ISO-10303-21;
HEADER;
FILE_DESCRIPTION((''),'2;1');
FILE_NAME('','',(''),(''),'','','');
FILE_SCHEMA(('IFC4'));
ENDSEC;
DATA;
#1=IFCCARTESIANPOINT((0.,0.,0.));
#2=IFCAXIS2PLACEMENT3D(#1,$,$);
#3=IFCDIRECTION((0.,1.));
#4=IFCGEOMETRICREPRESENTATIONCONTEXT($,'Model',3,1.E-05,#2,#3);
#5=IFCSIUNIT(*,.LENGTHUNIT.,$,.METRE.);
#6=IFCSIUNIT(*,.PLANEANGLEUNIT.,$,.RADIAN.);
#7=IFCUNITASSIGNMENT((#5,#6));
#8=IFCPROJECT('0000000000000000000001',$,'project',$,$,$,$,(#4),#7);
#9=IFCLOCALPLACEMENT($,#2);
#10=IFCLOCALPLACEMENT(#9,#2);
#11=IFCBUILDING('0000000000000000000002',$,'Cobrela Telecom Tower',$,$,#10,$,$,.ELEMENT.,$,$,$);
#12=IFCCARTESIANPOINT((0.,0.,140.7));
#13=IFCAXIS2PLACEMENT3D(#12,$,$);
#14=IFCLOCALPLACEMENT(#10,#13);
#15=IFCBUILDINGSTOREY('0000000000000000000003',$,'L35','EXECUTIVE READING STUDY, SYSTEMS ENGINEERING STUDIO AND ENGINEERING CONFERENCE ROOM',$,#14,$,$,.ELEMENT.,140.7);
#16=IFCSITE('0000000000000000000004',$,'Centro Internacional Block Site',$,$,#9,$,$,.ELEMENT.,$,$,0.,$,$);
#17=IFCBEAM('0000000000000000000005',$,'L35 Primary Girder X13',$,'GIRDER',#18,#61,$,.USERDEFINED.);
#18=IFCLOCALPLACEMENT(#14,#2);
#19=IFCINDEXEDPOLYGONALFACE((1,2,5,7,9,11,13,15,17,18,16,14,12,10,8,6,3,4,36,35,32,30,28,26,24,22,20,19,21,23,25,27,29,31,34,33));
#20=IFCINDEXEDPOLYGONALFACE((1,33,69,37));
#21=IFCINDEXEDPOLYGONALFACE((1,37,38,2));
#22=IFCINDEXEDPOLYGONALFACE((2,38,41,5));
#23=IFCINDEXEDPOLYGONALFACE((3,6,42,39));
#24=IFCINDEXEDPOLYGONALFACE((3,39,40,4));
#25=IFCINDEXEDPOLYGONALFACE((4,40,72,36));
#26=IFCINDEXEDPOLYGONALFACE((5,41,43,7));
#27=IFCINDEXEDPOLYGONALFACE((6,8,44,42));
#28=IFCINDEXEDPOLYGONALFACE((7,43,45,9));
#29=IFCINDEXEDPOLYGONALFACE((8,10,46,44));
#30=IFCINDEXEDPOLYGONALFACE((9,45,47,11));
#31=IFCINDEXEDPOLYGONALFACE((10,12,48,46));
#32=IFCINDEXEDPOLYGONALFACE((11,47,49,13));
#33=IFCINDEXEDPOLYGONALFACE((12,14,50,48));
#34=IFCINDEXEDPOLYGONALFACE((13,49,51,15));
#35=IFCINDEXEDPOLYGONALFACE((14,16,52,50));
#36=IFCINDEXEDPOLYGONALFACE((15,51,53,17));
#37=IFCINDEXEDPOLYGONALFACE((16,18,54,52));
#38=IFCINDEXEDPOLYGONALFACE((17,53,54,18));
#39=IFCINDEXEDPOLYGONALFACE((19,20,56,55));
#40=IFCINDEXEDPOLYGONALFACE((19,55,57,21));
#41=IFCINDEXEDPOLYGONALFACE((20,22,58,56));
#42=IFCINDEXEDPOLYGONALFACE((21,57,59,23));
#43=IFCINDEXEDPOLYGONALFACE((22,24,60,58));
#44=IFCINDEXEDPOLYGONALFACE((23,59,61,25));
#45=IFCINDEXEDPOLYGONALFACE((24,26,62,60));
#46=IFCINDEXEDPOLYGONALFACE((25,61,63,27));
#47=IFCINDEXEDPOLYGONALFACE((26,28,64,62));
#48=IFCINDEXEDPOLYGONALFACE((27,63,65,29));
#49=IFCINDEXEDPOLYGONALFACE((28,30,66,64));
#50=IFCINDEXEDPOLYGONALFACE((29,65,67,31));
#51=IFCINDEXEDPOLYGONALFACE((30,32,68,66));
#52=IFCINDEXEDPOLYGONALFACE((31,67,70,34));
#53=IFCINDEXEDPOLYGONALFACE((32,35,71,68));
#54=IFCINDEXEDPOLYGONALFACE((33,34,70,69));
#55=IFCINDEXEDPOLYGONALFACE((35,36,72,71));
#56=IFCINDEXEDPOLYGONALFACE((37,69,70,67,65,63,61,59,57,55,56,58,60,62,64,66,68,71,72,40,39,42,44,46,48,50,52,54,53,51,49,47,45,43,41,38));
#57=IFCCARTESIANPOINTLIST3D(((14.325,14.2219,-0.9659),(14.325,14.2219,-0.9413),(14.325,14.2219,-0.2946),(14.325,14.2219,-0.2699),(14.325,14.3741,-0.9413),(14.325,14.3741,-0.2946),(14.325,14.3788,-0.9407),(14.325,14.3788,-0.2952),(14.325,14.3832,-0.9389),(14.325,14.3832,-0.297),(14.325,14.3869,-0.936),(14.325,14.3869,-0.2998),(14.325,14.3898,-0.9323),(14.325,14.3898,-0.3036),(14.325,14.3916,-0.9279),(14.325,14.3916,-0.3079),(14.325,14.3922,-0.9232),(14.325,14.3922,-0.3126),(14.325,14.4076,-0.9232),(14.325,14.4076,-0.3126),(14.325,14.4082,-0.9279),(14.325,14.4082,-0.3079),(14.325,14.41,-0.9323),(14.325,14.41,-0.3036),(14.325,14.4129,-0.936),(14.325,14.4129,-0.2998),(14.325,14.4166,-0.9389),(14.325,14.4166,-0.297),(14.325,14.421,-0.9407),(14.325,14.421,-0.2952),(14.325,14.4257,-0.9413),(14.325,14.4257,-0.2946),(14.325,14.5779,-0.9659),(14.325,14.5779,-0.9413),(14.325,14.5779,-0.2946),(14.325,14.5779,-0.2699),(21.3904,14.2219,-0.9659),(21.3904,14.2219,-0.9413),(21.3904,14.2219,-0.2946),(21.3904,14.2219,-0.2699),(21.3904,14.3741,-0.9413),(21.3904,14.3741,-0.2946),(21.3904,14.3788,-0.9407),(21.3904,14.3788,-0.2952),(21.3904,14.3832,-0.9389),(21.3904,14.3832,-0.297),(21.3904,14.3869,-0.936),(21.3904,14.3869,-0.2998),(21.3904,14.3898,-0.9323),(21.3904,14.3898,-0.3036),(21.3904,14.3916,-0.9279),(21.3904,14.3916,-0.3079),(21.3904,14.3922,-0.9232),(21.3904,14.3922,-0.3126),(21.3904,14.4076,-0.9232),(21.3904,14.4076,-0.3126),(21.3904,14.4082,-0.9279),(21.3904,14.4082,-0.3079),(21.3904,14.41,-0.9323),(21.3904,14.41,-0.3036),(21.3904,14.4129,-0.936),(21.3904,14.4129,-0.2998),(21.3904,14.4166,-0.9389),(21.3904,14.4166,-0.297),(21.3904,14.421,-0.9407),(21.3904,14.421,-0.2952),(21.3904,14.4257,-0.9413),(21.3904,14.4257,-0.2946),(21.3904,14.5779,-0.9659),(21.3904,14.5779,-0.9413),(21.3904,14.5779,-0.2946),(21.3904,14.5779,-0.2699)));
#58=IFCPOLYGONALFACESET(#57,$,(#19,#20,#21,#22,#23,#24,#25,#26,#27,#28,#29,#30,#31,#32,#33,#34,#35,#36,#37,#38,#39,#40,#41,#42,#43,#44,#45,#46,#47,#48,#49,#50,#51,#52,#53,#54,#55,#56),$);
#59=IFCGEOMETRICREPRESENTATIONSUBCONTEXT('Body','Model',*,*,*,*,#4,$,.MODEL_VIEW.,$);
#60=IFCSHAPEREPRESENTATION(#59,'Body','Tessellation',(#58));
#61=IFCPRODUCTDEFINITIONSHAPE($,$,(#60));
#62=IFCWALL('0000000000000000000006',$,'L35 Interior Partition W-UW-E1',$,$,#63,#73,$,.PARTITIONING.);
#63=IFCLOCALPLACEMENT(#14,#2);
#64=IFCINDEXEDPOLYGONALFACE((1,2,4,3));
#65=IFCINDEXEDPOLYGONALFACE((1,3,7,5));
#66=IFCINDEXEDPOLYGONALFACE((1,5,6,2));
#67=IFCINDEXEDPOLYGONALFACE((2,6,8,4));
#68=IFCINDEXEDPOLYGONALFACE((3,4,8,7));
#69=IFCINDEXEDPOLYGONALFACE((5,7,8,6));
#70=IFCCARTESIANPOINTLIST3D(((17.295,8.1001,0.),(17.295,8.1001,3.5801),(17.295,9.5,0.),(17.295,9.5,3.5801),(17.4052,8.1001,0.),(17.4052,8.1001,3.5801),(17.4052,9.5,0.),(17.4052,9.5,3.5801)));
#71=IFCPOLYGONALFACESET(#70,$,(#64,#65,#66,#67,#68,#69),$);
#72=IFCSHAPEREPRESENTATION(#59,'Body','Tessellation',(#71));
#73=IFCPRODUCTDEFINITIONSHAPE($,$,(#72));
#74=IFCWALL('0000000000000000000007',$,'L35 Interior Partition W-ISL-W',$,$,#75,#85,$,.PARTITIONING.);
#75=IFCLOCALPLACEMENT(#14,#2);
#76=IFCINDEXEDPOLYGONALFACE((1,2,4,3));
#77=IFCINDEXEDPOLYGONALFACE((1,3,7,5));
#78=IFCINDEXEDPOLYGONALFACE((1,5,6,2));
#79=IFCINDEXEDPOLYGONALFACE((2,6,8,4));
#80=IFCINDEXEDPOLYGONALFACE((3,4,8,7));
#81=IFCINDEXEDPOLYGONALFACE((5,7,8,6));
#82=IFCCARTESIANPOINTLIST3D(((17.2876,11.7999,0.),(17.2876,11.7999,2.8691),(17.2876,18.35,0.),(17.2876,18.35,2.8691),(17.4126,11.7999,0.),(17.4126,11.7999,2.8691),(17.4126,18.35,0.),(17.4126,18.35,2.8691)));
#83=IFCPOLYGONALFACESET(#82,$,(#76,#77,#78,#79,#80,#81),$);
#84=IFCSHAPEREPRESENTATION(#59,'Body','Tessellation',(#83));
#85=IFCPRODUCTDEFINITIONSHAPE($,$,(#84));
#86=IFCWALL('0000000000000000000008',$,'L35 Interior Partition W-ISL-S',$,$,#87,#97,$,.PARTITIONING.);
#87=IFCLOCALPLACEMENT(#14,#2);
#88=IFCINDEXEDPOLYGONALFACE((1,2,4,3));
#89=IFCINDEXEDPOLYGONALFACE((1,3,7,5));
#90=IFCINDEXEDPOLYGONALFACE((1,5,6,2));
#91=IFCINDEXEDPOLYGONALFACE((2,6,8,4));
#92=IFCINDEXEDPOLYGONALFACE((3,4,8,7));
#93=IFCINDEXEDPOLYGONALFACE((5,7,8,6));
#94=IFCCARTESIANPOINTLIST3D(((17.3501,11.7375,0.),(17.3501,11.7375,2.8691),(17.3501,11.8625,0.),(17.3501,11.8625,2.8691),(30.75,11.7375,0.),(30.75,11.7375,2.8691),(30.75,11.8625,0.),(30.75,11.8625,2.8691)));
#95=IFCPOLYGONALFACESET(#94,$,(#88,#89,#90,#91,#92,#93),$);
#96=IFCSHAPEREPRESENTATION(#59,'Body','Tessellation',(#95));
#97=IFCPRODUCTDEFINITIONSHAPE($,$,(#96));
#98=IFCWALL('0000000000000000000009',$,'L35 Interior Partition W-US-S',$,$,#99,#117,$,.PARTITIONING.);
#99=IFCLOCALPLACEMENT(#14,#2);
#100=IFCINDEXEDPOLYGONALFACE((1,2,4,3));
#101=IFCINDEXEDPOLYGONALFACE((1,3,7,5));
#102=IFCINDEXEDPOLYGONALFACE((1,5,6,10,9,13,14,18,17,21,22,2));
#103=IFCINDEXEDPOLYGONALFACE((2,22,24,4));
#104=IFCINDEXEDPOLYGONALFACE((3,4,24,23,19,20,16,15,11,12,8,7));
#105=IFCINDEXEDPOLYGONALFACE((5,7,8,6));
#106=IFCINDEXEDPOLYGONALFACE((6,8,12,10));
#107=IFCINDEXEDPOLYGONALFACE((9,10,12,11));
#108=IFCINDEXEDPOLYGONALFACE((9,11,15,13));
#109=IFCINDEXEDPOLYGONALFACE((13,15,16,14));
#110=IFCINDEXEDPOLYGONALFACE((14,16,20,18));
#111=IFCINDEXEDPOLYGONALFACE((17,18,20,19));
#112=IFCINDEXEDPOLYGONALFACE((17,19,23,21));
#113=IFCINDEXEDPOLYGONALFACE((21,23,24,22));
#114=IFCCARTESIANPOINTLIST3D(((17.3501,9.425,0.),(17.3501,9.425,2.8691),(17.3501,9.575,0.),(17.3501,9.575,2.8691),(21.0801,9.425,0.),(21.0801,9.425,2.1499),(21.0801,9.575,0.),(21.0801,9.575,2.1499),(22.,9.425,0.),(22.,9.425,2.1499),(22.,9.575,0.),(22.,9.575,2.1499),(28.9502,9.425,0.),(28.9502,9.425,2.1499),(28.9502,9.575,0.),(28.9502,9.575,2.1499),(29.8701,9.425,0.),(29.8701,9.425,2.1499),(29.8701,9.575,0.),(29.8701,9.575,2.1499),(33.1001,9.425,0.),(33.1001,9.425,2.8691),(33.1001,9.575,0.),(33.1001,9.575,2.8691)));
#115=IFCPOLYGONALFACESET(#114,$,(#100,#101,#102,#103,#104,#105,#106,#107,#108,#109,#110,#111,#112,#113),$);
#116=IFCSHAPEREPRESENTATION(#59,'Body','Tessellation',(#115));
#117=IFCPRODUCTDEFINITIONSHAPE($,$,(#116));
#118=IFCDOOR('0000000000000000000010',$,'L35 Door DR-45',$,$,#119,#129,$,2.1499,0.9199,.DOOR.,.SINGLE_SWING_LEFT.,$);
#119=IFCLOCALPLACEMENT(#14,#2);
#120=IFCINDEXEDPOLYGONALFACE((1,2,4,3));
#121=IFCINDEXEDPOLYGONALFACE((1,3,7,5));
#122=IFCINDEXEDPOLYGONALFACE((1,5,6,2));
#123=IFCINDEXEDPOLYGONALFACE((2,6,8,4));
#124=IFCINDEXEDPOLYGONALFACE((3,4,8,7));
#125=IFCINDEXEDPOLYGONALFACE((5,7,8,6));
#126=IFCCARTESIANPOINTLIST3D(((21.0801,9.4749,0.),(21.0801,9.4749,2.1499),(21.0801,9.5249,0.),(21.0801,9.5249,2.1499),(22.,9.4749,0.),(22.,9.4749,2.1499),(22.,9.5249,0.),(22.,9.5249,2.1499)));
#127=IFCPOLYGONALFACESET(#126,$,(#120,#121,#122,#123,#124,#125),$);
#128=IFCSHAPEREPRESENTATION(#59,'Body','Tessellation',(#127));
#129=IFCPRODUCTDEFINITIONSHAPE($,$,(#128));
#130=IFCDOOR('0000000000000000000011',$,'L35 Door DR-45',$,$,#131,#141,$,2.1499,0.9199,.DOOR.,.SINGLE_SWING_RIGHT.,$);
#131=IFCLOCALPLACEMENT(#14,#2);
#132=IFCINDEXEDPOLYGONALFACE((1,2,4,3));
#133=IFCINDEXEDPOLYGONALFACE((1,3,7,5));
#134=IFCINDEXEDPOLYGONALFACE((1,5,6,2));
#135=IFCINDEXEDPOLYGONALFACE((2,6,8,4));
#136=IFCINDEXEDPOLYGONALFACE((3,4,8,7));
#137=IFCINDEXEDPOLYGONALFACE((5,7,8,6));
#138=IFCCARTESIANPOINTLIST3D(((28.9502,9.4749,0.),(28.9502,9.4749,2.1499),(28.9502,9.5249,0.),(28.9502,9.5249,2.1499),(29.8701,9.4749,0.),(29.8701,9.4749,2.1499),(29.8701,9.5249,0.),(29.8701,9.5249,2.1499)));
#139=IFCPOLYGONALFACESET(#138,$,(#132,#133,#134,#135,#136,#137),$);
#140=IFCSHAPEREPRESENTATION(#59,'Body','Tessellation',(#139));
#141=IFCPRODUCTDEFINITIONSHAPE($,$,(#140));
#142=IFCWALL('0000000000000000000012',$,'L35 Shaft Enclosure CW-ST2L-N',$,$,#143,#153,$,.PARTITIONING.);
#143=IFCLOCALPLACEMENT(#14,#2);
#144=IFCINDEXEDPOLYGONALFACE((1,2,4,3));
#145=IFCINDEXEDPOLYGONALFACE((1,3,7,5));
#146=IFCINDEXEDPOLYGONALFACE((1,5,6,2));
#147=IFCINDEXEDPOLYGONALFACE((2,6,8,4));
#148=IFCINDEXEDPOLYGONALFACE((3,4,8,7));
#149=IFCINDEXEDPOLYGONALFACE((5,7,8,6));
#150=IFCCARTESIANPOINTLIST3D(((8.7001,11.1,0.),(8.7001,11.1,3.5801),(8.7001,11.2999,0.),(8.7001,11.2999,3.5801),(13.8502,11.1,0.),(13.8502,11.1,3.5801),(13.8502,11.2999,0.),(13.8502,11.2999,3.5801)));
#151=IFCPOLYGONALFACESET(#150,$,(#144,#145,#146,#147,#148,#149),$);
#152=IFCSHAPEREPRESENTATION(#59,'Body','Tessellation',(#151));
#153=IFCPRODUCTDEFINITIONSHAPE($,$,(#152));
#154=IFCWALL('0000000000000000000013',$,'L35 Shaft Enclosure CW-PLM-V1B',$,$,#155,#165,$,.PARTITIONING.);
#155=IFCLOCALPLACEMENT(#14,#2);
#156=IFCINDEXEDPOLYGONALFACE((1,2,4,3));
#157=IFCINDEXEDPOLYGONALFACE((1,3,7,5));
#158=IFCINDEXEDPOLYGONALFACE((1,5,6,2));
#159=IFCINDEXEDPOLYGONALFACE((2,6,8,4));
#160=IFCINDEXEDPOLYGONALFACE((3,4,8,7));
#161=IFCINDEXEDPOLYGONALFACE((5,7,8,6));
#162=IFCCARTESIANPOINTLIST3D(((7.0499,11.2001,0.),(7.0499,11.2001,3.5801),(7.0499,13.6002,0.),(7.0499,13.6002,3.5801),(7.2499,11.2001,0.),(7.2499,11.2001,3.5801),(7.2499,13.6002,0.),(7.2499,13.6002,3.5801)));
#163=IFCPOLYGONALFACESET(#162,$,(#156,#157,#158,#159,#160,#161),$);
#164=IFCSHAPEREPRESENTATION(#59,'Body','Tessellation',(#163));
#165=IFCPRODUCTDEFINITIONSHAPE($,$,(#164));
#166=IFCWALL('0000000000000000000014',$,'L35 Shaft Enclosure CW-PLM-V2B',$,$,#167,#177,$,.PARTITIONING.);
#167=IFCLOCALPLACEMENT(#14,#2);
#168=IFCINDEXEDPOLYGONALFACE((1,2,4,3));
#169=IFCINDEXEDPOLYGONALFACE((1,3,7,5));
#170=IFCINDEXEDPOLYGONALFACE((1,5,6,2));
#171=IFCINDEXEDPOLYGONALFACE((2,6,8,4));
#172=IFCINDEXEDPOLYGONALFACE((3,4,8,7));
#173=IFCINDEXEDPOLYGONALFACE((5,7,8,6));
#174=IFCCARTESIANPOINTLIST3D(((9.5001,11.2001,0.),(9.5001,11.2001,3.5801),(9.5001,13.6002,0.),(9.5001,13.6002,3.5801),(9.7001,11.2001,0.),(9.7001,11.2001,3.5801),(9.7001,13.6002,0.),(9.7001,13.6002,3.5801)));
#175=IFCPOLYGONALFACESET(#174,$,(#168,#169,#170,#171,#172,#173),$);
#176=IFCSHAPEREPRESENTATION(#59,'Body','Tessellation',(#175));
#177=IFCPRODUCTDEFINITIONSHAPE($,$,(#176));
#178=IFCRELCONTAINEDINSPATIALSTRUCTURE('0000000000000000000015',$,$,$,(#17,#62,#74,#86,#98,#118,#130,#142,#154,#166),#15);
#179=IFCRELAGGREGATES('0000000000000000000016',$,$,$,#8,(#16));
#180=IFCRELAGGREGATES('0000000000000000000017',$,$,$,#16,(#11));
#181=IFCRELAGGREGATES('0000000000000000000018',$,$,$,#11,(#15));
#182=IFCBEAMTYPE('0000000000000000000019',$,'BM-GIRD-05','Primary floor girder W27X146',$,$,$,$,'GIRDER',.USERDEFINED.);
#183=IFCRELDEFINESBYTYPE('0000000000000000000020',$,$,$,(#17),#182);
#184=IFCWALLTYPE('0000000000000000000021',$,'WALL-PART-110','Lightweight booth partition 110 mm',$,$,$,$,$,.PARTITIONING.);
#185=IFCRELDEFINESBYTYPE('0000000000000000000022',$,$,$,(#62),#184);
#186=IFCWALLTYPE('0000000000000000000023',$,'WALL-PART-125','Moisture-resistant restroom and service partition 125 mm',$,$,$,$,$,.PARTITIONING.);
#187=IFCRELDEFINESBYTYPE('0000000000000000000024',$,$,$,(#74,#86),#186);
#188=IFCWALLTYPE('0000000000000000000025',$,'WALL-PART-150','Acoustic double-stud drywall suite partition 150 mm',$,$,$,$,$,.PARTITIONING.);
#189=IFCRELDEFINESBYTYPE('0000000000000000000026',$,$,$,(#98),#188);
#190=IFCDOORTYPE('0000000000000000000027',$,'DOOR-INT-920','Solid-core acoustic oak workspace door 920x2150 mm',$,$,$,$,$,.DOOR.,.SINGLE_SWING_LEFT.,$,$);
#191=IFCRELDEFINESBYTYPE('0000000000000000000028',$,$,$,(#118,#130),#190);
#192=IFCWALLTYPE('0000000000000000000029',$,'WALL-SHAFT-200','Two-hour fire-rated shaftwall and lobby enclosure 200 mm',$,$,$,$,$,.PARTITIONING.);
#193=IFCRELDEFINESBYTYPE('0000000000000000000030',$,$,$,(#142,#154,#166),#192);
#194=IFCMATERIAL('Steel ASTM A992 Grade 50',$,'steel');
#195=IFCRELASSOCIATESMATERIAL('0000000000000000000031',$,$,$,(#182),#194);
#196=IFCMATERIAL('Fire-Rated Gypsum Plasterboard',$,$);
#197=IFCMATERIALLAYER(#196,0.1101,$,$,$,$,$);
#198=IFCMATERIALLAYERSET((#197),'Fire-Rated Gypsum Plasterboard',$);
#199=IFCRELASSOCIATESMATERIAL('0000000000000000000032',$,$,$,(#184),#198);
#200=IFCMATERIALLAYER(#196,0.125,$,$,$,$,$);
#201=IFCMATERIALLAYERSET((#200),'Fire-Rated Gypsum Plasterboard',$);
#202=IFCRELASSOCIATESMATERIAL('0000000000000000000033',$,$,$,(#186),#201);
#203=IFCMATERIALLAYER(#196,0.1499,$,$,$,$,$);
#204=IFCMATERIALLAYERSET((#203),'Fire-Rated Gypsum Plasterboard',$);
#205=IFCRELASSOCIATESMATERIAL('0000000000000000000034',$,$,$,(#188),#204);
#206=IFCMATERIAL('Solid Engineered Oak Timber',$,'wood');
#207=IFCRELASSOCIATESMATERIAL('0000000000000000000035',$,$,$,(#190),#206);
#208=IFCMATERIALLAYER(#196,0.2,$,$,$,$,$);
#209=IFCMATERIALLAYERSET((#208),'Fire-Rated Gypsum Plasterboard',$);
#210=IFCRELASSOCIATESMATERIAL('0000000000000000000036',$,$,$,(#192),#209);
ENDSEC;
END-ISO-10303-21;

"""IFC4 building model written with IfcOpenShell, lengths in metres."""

from ifc_helpers import new_model, si_unit, direction, frame, frame_2d, origin, origin_2d, place, context, subcontext, project, spatial, rectangle, i_section, extrude, material, layer, layer_set, material_profile, profile_set, type_object, element, fill, save


model = new_model("IFC4")

# Units and contexts
model_context = context("Model", 3, precision=1e-05, world=origin(), true_north=direction((0.0, 1.0)))
body_context = subcontext(model_context, "Body", "Model", "MODEL_VIEW")
ifc_project = project(units=[si_unit("LENGTHUNIT", "METRE"), si_unit("PLANEANGLEUNIT", "RADIAN")], contexts=[model_context])

# Site, building, storey
site_placement = place(None, origin())
site = spatial("IfcSite", under=ifc_project, at=site_placement, Name="Centro Internacional Block Site", CompositionType="ELEMENT", RefElevation=0.0)
building_placement = place(site_placement, origin())
building = spatial("IfcBuilding", under=site, at=building_placement, Name="Cobrela Telecom Tower", CompositionType="ELEMENT")
storey_placement = place(building_placement, frame((0.0, 0.0, 140.7)))
storey = spatial("IfcBuildingStorey", under=building, at=storey_placement, Name="L35", Description="EXECUTIVE READING STUDY, SYSTEMS ENGINEERING STUDIO AND ENGINEERING CONFERENCE ROOM", CompositionType="ELEMENT", Elevation=140.7)

# Beam
ifc_material_1 = material(Name="Steel ASTM A992 Grade 50", Category="steel")
ifc_material_profile = material_profile(ifc_material_1, i_section(OverallWidth=0.356, OverallDepth=0.696, WebThickness=0.0154, FlangeThickness=0.0247, FilletRadius=0.0181, at=origin_2d()), Name="W27X146")
ifc_profile_set = profile_set([ifc_material_profile], Name="Steel ASTM A992 Grade 50")
beam_type = type_object("IfcBeamType", Name="BM-GIRD-05", Description="Primary floor girder W27X146", ElementType="GIRDER", PredefinedType="USERDEFINED", material=ifc_profile_set)
beam_placement = place(storey_placement, frame((14.325, 14.3999, -0.6179), z_axis=(1.0, 0.0, 0.0), x_axis=(0.0, 1.0, 0.0)))
element("IfcBeam", 1, at=beam_placement, inside=storey, type_object=beam_type, Name="L35 Primary Girder X13", ObjectType="GIRDER", PredefinedType="USERDEFINED", context=body_context, shape_type="SweptSolid", body=[
    extrude(i_section(OverallWidth=0.356, OverallDepth=0.696, WebThickness=0.0154, FlangeThickness=0.0247, FilletRadius=0.0181, at=origin_2d()), origin(), (0.0, 0.0, 1.0), 7.0654),
])

# Walls
ifc_material_2 = material(Name="Fire-Rated Gypsum Plasterboard")
ifc_layer_1 = layer(ifc_material_2, 0.1101)
ifc_layer_set_1 = layer_set([ifc_layer_1], Name="Fire-Rated Gypsum Plasterboard")
wall_type_1 = type_object("IfcWallType", Name="WALL-PART-110", Description="Lightweight booth partition 110 mm", PredefinedType="PARTITIONING", material=ifc_layer_set_1)
wall_1_placement = place(storey_placement, frame((17.3501, 8.1001, 0.0), z_axis=(0.0, 0.0, 1.0), x_axis=(0.0, 1.0, 0.0)))
element("IfcWall", 2, at=wall_1_placement, inside=storey, type_object=wall_type_1, Name="L35 Interior Partition W-UW-E1", PredefinedType="PARTITIONING", context=body_context, shape_type="SweptSolid", body=[
    extrude(rectangle(XDim=1.3999, YDim=0.1101, at=frame_2d((0.7, 0.0))), origin(), (0.0, 0.0, 1.0), 3.5801),
])
ifc_layer_2 = layer(ifc_material_2, 0.125)
ifc_layer_set_2 = layer_set([ifc_layer_2], Name="Fire-Rated Gypsum Plasterboard")
wall_type_2 = type_object("IfcWallType", Name="WALL-PART-125", Description="Moisture-resistant restroom and service partition 125 mm", PredefinedType="PARTITIONING", material=ifc_layer_set_2)
wall_2_placement = place(storey_placement, frame((17.3501, 11.8, 0.0), z_axis=(0.0, 0.0, 1.0), x_axis=(0.0, 1.0, 0.0)))
element("IfcWall", 3, at=wall_2_placement, inside=storey, type_object=wall_type_2, Name="L35 Interior Partition W-ISL-W", PredefinedType="PARTITIONING", context=body_context, shape_type="SweptSolid", body=[
    extrude(rectangle(XDim=6.55, YDim=0.125, at=frame_2d((3.2749, 0.0))), origin(), (0.0, 0.0, 1.0), 2.8691),
])
wall_3_placement = place(storey_placement, frame((17.3501, 11.8, 0.0), z_axis=(0.0, 0.0, 1.0), x_axis=(1.0, 0.0, 0.0)))
element("IfcWall", 4, at=wall_3_placement, inside=storey, type_object=wall_type_2, Name="L35 Interior Partition W-ISL-S", PredefinedType="PARTITIONING", context=body_context, shape_type="SweptSolid", body=[
    extrude(rectangle(XDim=13.3999, YDim=0.125, at=frame_2d((6.7, 0.0))), origin(), (0.0, 0.0, 1.0), 2.8691),
])

# Wall, openings, doors
ifc_layer_3 = layer(ifc_material_2, 0.1499)
ifc_layer_set_3 = layer_set([ifc_layer_3], Name="Fire-Rated Gypsum Plasterboard")
wall_type_3 = type_object("IfcWallType", Name="WALL-PART-150", Description="Acoustic double-stud drywall suite partition 150 mm", PredefinedType="PARTITIONING", material=ifc_layer_set_3)
wall_4_placement = place(storey_placement, frame((17.3501, 9.5, 0.0), z_axis=(0.0, 0.0, 1.0), x_axis=(1.0, 0.0, 0.0)))
wall_4 = element("IfcWall", 5, at=wall_4_placement, inside=storey, type_object=wall_type_3, Name="L35 Interior Partition W-US-S", PredefinedType="PARTITIONING", context=body_context, shape_type="SweptSolid", body=[
    extrude(rectangle(XDim=15.75, YDim=0.1499, at=frame_2d((7.875, 0.0))), origin(), (0.0, 0.0, 1.0), 2.8691),
])
opening_1_placement = place(wall_4_placement, frame((3.73, 0.0, 0.0)))
opening_1 = element("IfcOpeningElement", 6, at=opening_1_placement, cuts=wall_4, PredefinedType="OPENING", context=body_context, shape_type="SweptSolid", body=[
    extrude(rectangle(XDim=0.9199, YDim=2.1499, at=frame_2d((0.46, 1.075))), frame((0.0, 0.0869, 0.0), z_axis=(0.0, -1.0, 0.0), x_axis=(1.0, 0.0, 0.0)), (0.0, 0.0, 1.0), 0.1738),
])
opening_2_placement = place(wall_4_placement, frame((11.6001, 0.0, 0.0)))
opening_2 = element("IfcOpeningElement", 7, at=opening_2_placement, cuts=wall_4, PredefinedType="OPENING", context=body_context, shape_type="SweptSolid", body=[
    extrude(rectangle(XDim=0.9199, YDim=2.1499, at=frame_2d((0.46, 1.075))), frame((0.0, 0.0869, 0.0), z_axis=(0.0, -1.0, 0.0), x_axis=(1.0, 0.0, 0.0)), (0.0, 0.0, 1.0), 0.1738),
])
ifc_material_3 = material(Name="Solid Engineered Oak Timber", Category="wood")
door_type_1 = type_object("IfcDoorType", Name="DOOR-INT-920", Description="Solid-core acoustic oak workspace door 920x2150 mm", OperationType="SINGLE_SWING_LEFT", PredefinedType="DOOR", material=ifc_material_3)
door_1_placement = place(opening_1_placement, origin())
door_1 = element("IfcDoor", 8, at=door_1_placement, inside=storey, type_object=door_type_1, Name="L35 Door DR-45", OperationType="SINGLE_SWING_LEFT", OverallHeight=2.1499, OverallWidth=0.9199, PredefinedType="DOOR", context=body_context, shape_type="SweptSolid", body=[
    extrude(rectangle(XDim=0.9199, YDim=2.1499, at=frame_2d((0.46, 1.075))), frame((0.0, 0.0249, 0.0), z_axis=(0.0, -1.0, 0.0), x_axis=(1.0, 0.0, 0.0)), (0.0, 0.0, 1.0), 0.05),
])
fill(opening_1, door_1)
door_2_placement = place(opening_2_placement, origin())
door_2 = element("IfcDoor", 9, at=door_2_placement, inside=storey, type_object=door_type_1, Name="L35 Door DR-45", OperationType="SINGLE_SWING_RIGHT", OverallHeight=2.1499, OverallWidth=0.9199, PredefinedType="DOOR", context=body_context, shape_type="SweptSolid", body=[
    extrude(rectangle(XDim=0.9199, YDim=2.1499, at=frame_2d((0.46, 1.075))), frame((0.0, 0.0249, 0.0), z_axis=(0.0, -1.0, 0.0), x_axis=(1.0, 0.0, 0.0)), (0.0, 0.0, 1.0), 0.05),
])
fill(opening_2, door_2)

# Walls
ifc_layer_4 = layer(ifc_material_2, 0.2)
ifc_layer_set_4 = layer_set([ifc_layer_4], Name="Fire-Rated Gypsum Plasterboard")
wall_type_4 = type_object("IfcWallType", Name="WALL-SHAFT-200", Description="Two-hour fire-rated shaftwall and lobby enclosure 200 mm", PredefinedType="PARTITIONING", material=ifc_layer_set_4)
wall_5_placement = place(storey_placement, frame((8.7, 11.2, 0.0), z_axis=(0.0, 0.0, 1.0), x_axis=(1.0, 0.0, 0.0)))
element("IfcWall", 10, at=wall_5_placement, inside=storey, type_object=wall_type_4, Name="L35 Shaft Enclosure CW-ST2L-N", PredefinedType="PARTITIONING", context=body_context, shape_type="SweptSolid", body=[
    extrude(rectangle(XDim=5.1501, YDim=0.2, at=frame_2d((2.5752, 0.0))), origin(), (0.0, 0.0, 1.0), 3.5801),
])
for number, where, z_axis, x_axis, name in (
    (11, (7.1499, 11.2, 0.0), (0.0, 0.0, 1.0), (0.0, 1.0, 0.0), "L35 Shaft Enclosure CW-PLM-V1B"),
    (12, (9.6001, 11.2, 0.0), (0.0, 0.0, 1.0), (0.0, 1.0, 0.0), "L35 Shaft Enclosure CW-PLM-V2B"),
):
    element("IfcWall", number, at=place(storey_placement, frame(where, z_axis=z_axis, x_axis=x_axis)), inside=storey, type_object=wall_type_4, Name=name, PredefinedType="PARTITIONING", context=body_context, shape_type="SweptSolid", body=[
        extrude(rectangle(XDim=2.4001, YDim=0.2, at=frame_2d((1.2002, 0.0))), origin(), (0.0, 0.0, 1.0), 3.5801),
    ])

save(model, "model.ifc")
